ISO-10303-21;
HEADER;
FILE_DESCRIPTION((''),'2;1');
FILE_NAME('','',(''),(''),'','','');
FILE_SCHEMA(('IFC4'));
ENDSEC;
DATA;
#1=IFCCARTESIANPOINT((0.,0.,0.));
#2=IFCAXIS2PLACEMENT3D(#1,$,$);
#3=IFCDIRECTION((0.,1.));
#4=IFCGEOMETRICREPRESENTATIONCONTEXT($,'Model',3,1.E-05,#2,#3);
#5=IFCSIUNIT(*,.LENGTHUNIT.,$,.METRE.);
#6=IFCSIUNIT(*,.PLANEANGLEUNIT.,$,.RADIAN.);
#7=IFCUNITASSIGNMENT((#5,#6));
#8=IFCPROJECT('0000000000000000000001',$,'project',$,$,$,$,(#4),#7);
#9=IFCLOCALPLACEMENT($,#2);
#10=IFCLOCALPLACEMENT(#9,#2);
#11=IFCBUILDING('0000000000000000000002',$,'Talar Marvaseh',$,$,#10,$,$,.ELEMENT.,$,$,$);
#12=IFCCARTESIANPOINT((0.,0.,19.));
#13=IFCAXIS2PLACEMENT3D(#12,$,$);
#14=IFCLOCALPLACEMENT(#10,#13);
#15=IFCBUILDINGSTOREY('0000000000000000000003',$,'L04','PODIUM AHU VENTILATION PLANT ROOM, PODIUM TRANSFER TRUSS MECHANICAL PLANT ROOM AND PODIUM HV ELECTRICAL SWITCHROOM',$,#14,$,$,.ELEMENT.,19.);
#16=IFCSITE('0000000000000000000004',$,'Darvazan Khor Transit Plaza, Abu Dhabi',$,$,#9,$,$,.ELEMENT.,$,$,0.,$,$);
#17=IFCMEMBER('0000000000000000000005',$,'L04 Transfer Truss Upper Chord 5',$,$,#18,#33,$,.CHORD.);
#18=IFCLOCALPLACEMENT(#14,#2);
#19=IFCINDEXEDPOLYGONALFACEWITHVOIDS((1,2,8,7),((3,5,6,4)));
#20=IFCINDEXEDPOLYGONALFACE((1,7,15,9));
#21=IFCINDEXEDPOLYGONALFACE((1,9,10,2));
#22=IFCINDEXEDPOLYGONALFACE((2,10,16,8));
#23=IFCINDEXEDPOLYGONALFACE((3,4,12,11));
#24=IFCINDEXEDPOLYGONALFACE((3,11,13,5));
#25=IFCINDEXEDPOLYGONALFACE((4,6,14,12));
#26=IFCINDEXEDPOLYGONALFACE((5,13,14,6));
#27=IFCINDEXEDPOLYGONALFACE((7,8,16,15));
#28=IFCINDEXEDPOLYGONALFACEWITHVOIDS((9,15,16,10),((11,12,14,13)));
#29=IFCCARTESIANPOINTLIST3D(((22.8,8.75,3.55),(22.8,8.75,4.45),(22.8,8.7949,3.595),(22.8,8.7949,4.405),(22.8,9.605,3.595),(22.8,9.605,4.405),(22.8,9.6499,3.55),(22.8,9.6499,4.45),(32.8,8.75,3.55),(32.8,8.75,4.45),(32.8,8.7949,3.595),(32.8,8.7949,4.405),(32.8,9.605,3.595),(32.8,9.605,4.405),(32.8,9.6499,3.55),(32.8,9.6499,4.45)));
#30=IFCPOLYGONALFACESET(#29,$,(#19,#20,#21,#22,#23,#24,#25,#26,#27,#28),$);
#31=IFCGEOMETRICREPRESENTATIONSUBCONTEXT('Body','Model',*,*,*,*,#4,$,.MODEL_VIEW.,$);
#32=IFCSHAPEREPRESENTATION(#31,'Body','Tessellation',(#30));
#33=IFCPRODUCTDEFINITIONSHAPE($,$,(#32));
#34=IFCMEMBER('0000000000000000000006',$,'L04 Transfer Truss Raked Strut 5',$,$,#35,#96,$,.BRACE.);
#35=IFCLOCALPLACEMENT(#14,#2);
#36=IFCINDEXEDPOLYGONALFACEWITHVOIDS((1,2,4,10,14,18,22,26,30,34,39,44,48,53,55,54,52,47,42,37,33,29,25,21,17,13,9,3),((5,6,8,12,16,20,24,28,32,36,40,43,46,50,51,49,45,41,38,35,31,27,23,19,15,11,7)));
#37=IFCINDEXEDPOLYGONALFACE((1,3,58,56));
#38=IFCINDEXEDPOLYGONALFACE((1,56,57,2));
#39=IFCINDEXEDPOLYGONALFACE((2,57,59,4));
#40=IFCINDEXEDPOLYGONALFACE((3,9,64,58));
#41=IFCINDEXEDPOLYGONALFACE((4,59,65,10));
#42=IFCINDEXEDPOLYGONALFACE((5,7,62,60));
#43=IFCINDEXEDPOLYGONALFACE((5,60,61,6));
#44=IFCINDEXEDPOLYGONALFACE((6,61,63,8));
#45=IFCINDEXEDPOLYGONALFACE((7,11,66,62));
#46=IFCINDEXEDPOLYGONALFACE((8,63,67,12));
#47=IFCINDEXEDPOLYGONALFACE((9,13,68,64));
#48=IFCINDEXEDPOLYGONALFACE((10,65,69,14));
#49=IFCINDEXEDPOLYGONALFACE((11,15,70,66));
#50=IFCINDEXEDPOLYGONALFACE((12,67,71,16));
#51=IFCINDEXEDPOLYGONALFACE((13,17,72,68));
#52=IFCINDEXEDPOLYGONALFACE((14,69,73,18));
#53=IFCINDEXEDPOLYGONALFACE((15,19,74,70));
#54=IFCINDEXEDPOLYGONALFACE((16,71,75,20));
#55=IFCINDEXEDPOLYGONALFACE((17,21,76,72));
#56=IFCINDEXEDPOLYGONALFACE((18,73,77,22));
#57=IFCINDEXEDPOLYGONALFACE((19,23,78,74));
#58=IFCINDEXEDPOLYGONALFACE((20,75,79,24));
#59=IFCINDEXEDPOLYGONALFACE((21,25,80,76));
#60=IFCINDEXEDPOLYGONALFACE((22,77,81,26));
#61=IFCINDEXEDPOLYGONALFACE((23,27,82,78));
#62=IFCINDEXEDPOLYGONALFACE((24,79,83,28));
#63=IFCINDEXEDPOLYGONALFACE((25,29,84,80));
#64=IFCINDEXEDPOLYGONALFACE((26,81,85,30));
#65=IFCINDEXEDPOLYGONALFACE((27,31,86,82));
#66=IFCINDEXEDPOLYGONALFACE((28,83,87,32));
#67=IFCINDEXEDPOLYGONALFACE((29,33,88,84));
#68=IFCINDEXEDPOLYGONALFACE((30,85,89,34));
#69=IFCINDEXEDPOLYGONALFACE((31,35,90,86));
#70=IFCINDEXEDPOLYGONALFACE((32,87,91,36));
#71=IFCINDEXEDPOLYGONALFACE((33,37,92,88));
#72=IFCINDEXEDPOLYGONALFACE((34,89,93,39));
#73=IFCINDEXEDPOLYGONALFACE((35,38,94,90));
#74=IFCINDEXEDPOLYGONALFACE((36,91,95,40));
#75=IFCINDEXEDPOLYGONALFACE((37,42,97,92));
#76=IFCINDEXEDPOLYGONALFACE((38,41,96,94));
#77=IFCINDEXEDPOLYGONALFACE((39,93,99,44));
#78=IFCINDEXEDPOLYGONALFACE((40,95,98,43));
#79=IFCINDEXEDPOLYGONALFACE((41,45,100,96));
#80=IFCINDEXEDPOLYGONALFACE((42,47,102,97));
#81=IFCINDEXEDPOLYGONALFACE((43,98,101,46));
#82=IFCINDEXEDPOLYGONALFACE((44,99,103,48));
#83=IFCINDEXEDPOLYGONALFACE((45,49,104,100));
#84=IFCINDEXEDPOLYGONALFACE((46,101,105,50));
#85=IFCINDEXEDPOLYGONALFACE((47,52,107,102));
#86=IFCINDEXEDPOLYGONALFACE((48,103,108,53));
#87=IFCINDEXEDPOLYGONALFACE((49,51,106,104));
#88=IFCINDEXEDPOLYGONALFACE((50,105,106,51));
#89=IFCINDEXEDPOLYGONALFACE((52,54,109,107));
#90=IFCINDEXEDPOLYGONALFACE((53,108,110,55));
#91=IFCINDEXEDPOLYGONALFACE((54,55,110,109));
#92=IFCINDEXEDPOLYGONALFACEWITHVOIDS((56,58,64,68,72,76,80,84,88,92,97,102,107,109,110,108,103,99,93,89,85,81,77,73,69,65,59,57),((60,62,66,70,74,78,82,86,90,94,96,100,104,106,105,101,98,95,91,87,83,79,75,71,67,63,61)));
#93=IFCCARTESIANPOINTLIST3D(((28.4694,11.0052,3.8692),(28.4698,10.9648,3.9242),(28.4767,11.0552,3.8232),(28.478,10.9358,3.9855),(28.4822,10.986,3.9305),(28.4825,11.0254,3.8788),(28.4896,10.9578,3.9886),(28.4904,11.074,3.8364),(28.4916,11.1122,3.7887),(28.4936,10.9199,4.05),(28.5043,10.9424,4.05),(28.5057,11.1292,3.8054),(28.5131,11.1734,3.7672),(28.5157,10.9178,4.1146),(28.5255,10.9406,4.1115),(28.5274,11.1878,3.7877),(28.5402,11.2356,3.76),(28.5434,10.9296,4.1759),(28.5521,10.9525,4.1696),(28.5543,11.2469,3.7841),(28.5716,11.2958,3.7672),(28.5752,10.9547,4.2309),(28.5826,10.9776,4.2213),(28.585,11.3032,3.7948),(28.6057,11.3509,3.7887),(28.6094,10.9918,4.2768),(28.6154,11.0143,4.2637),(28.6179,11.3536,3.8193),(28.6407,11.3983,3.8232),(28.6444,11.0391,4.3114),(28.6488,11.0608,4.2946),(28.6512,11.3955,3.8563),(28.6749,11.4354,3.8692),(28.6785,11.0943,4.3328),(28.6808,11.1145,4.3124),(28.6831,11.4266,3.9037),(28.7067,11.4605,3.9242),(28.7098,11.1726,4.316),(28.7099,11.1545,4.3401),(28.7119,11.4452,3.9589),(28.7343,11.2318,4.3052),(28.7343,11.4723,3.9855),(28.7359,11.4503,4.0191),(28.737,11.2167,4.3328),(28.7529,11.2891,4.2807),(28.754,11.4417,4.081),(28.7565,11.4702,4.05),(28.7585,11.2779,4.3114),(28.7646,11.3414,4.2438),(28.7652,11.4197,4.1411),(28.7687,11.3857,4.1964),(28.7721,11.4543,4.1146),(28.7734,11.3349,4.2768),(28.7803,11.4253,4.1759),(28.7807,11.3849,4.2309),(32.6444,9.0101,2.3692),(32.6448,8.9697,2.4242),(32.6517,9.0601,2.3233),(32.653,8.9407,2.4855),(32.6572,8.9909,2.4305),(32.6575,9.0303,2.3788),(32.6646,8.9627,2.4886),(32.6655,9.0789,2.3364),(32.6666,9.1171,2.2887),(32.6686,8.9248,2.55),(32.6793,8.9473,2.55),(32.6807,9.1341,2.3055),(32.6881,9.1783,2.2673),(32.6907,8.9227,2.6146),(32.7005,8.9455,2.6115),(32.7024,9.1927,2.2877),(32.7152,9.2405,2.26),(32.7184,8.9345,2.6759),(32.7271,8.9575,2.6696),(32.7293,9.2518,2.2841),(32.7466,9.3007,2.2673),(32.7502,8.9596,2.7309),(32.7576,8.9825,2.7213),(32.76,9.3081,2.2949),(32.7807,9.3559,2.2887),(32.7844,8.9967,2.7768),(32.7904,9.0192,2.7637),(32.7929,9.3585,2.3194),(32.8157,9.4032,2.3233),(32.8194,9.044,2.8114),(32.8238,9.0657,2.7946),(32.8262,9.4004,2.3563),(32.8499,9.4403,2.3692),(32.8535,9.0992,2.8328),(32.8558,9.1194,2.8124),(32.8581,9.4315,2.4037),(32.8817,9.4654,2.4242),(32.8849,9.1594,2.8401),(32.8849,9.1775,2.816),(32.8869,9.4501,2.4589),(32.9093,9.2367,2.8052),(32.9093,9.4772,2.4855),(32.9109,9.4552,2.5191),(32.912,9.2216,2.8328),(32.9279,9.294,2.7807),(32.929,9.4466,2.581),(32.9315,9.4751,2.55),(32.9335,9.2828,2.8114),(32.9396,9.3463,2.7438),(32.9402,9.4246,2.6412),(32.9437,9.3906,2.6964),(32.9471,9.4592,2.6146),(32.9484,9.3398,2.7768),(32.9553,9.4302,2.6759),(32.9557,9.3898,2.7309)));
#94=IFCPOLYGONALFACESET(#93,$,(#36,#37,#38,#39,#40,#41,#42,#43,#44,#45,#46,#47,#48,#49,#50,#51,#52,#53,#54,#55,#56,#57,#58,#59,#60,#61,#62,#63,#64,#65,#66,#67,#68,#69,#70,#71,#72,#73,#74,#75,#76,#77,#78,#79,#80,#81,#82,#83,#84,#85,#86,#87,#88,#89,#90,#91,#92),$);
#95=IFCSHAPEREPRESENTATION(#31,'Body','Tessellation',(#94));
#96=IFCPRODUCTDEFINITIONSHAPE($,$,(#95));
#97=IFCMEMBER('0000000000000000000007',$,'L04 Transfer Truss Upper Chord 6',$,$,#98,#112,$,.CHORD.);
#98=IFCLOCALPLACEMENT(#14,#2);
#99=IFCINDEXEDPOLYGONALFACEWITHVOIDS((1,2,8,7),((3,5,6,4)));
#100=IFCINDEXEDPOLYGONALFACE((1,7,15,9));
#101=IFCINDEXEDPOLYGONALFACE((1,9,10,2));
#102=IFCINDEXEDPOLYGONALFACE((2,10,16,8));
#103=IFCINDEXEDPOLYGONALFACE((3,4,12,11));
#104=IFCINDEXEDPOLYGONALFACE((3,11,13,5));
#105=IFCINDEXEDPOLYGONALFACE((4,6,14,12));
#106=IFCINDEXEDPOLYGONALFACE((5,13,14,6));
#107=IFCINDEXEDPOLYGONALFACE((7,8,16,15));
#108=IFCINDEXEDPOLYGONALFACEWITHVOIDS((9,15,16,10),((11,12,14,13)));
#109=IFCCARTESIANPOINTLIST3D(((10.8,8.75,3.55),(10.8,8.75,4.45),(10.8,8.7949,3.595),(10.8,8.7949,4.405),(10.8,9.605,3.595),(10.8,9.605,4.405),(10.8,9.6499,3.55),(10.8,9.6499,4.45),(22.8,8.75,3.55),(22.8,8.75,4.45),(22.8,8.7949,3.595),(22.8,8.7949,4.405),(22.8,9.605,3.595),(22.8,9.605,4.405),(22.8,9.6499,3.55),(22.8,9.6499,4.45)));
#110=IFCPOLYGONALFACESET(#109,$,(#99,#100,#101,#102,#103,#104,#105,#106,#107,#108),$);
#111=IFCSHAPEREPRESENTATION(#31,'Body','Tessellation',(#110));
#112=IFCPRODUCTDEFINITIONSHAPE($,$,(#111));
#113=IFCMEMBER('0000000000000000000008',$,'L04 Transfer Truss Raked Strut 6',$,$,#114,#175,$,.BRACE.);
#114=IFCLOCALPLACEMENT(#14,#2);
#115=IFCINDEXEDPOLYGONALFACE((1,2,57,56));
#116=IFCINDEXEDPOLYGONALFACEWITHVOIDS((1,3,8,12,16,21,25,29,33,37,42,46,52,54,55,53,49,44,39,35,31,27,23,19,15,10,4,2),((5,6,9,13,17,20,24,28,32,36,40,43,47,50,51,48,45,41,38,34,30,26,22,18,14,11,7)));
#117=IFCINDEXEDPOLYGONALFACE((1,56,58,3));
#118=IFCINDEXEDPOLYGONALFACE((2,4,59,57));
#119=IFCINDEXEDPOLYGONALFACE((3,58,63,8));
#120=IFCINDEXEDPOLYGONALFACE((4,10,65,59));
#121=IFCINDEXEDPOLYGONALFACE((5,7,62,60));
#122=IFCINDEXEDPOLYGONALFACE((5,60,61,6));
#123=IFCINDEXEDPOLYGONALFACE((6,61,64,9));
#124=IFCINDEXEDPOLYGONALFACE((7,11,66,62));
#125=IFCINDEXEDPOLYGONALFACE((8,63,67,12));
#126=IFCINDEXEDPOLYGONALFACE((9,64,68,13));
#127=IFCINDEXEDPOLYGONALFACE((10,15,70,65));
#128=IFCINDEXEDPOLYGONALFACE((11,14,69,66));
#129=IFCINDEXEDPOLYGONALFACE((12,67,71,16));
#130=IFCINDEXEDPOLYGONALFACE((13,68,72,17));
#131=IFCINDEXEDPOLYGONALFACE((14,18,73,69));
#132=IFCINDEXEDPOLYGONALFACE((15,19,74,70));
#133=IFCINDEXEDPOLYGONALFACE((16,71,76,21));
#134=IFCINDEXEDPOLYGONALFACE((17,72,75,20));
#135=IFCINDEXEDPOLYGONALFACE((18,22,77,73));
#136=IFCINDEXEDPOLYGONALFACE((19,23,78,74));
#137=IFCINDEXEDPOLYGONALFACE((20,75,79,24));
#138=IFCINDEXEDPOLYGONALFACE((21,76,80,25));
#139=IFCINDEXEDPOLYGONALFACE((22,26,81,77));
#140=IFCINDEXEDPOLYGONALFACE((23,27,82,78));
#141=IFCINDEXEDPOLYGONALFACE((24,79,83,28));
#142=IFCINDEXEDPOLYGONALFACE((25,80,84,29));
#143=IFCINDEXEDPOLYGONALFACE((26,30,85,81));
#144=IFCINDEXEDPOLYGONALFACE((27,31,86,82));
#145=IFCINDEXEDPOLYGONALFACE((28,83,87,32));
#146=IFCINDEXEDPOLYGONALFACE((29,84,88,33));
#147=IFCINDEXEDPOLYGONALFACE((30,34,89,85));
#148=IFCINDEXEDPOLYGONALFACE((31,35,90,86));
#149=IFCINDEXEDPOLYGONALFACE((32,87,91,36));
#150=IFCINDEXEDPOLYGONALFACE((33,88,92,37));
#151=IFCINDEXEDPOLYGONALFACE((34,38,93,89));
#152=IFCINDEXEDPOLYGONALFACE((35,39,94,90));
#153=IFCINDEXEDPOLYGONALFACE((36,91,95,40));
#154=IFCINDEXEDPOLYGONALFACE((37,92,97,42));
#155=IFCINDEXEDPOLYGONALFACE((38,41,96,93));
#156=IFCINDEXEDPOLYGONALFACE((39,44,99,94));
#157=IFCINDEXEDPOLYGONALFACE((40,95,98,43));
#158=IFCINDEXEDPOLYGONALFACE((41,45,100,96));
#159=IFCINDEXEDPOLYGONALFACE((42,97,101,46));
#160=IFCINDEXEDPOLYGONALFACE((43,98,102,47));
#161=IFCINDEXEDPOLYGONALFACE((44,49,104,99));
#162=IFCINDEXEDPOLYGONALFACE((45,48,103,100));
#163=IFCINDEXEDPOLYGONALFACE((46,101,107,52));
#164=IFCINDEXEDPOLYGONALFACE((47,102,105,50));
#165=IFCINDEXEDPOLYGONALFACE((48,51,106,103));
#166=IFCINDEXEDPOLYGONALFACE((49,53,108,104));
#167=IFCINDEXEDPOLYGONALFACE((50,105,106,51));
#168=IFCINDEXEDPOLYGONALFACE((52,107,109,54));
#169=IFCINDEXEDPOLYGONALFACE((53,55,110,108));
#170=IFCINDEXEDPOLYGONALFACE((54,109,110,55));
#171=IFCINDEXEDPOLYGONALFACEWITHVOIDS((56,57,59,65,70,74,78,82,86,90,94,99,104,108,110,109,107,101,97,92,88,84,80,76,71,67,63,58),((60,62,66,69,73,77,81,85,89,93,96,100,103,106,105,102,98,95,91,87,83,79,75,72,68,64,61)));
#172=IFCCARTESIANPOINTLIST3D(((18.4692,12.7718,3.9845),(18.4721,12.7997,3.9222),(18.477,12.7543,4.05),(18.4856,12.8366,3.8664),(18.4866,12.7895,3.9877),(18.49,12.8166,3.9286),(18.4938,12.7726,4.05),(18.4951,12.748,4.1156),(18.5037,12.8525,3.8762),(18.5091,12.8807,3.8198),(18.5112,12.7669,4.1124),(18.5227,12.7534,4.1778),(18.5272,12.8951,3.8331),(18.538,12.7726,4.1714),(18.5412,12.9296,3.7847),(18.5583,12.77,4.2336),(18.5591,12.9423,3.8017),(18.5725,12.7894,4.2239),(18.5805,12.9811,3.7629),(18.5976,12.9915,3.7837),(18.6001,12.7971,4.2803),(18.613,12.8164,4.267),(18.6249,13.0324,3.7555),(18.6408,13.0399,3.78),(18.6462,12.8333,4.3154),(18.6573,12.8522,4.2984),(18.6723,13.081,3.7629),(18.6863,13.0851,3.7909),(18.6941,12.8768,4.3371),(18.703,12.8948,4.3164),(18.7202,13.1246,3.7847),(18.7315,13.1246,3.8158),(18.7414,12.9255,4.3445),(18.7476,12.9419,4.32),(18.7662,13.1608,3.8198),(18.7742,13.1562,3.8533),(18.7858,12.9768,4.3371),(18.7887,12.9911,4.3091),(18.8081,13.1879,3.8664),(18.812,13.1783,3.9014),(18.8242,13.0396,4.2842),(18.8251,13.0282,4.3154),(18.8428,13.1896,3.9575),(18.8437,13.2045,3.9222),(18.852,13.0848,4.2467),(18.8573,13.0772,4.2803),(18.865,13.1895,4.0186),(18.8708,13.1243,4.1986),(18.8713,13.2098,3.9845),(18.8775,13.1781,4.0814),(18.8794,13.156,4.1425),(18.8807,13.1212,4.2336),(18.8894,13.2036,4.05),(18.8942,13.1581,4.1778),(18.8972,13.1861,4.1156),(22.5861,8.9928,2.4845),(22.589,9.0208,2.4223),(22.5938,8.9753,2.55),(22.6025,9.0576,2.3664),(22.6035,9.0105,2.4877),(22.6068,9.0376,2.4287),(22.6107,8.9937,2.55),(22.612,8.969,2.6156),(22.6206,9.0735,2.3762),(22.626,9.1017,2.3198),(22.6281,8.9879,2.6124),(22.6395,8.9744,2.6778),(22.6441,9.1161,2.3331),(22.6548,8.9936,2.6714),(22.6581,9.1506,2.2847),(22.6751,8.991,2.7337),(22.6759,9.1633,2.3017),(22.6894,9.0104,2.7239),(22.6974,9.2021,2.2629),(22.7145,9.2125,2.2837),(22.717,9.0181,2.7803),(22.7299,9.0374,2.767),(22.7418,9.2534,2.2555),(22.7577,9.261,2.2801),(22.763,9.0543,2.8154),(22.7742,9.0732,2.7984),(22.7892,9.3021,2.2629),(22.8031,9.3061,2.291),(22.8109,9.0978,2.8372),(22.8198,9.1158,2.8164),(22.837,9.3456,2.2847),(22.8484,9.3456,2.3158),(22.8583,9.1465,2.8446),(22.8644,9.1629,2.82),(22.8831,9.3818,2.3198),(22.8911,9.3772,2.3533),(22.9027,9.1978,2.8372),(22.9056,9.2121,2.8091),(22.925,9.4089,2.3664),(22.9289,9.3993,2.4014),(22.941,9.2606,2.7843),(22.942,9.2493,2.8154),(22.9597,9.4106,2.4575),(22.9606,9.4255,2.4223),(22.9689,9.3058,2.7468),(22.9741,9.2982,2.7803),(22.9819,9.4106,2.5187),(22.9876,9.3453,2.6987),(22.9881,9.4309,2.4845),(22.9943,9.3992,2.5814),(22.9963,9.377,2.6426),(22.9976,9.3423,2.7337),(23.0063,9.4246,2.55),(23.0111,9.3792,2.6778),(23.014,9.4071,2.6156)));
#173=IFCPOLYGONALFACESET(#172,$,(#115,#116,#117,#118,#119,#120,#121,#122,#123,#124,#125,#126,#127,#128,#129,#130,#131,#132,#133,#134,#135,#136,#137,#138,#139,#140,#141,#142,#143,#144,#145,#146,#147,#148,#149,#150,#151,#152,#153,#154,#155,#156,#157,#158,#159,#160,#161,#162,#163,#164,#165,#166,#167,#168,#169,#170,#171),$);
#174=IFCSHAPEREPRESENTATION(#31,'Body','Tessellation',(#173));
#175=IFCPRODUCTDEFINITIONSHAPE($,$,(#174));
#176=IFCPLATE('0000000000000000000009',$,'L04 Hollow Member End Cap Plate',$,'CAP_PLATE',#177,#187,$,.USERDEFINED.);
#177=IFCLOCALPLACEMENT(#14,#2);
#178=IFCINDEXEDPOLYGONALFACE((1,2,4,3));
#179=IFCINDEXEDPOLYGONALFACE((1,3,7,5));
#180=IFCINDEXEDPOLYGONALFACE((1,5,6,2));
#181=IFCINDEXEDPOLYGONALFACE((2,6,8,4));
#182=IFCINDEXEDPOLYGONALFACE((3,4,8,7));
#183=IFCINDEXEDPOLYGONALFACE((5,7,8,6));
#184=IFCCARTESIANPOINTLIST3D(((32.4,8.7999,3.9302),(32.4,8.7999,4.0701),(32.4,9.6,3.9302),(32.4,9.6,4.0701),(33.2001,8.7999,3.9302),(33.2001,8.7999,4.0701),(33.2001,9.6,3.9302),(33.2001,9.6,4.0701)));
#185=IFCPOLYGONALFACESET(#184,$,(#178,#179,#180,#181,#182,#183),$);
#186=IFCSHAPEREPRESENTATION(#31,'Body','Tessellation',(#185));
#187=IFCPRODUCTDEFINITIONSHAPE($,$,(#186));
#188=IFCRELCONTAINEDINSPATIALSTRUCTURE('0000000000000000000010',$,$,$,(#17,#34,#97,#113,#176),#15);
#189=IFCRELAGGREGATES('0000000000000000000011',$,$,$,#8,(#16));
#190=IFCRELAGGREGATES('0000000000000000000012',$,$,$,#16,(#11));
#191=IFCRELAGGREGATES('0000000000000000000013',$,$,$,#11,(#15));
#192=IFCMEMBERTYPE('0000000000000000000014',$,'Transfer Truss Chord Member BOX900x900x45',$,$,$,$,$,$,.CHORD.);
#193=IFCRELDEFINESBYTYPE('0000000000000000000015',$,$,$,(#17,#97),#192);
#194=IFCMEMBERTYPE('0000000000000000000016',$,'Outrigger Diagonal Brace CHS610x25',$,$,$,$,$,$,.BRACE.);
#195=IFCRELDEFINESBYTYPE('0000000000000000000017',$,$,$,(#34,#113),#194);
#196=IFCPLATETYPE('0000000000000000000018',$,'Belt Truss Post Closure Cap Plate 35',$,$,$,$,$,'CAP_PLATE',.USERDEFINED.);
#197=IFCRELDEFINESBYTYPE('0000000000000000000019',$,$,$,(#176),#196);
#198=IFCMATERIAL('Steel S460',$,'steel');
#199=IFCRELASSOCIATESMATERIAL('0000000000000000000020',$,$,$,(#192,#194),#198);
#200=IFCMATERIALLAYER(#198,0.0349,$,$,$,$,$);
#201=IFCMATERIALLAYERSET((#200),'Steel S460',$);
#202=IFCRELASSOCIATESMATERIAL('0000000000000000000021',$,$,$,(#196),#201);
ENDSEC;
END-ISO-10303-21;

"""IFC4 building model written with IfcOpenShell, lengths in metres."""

from ifc_helpers import new_model, si_unit, direction, frame, origin, origin_2d, place, context, subcontext, project, spatial, rectangle, hollow_rectangle, hollow_circle, extrude, source, transform, mapped, material, layer, layer_set, material_profile, profile_set, type_object, type_shapes, element, save


model = new_model("IFC4")

# Units and contexts
model_context = context("Model", 3, precision=1e-05, world=origin(), true_north=direction((0.0, 1.0)))
body_context = subcontext(model_context, "Body", "Model", "MODEL_VIEW")
ifc_project = project(units=[si_unit("LENGTHUNIT", "METRE"), si_unit("PLANEANGLEUNIT", "RADIAN")], contexts=[model_context])

# Site, building, storey
site_placement = place(None, origin())
site = spatial("IfcSite", under=ifc_project, at=site_placement, Name="Darvazan Khor Transit Plaza, Abu Dhabi", CompositionType="ELEMENT", RefElevation=0.0)
building_placement = place(site_placement, origin())
building = spatial("IfcBuilding", under=site, at=building_placement, Name="Talar Marvaseh", CompositionType="ELEMENT")
storey_placement = place(building_placement, frame((0.0, 0.0, 19.0)))
storey = spatial("IfcBuildingStorey", under=building, at=storey_placement, Name="L04", Description="PODIUM AHU VENTILATION PLANT ROOM, PODIUM TRANSFER TRUSS MECHANICAL PLANT ROOM AND PODIUM HV ELECTRICAL SWITCHROOM", CompositionType="ELEMENT", Elevation=19.0)

# Shared definitions
ifc_material_1 = material(Name="Steel S460", Category="steel")

# Members
ifc_material_profile_1 = material_profile(ifc_material_1, hollow_rectangle(XDim=0.8999, YDim=0.8999, WallThickness=0.0449, at=origin_2d()), Name="BOX900x900x45")
ifc_profile_set_1 = profile_set([ifc_material_profile_1], Name="Steel S460")
member_type_1 = type_object("IfcMemberType", Name="Transfer Truss Chord Member BOX900x900x45", PredefinedType="CHORD", material=ifc_profile_set_1)
shared_shape_1 = source(origin(), body_context, "Body", "SweptSolid", [
    extrude(hollow_rectangle(XDim=0.8999, YDim=0.8999, WallThickness=0.0449, at=origin_2d()), origin(), (0.0, 0.0, 1.0), 10.0),
])
member_1_placement = place(storey_placement, frame((32.8, 9.2, 4.0), z_axis=(-1.0, 0.0, 0.0), x_axis=(0.0, -1.0, 0.0)))
element("IfcMember", 1, at=member_1_placement, inside=storey, type_object=member_type_1, Name="L04 Transfer Truss Upper Chord 5", PredefinedType="CHORD", context=body_context, shape_type="MappedRepresentation", body=[
    mapped(shared_shape_1, transform((0.0, 0.0, 0.0), x_axis=(1.0, 0.0, 0.0), y_axis=(0.0, 1.0, 0.0), z_axis=(0.0, 0.0, 1.0), scale=1.0)),
])
ifc_material_profile_2 = material_profile(ifc_material_1, hollow_circle(Radius=0.3049, WallThickness=0.0249, at=origin_2d()), Name="CHS610x25")
ifc_profile_set_2 = profile_set([ifc_material_profile_2], Name="Steel S460")
member_type_2 = type_object("IfcMemberType", Name="Outrigger Diagonal Brace CHS610x25", PredefinedType="BRACE", material=ifc_profile_set_2)
shared_shape_2 = source(origin(), body_context, "Body", "SweptSolid", [
    extrude(hollow_circle(Radius=0.3049, WallThickness=0.0249, at=origin_2d()), origin(), (0.0, 0.0, 1.0), 4.8643),
])
member_2_placement = place(storey_placement, frame((32.8, 9.2, 2.55), z_axis=(-0.858302, 0.410154, 0.308368), x_axis=(-0.431166, -0.902273, 0.0)))
element("IfcMember", 2, at=member_2_placement, inside=storey, type_object=member_type_2, Name="L04 Transfer Truss Raked Strut 5", PredefinedType="BRACE", context=body_context, shape_type="MappedRepresentation", body=[
    mapped(shared_shape_2, transform((0.0, 0.0, 0.0), x_axis=(1.0, 0.0, 0.0), y_axis=(0.0, 1.0, 0.0), z_axis=(0.0, 0.0, 1.0), scale=1.0)),
])
shared_shape_3 = source(origin(), body_context, "Body", "SweptSolid", [
    extrude(hollow_rectangle(XDim=0.8999, YDim=0.8999, WallThickness=0.0449, at=origin_2d()), origin(), (0.0, 0.0, 1.0), 12.0),
])
type_shapes(member_type_1, [shared_shape_1, shared_shape_3])
member_3_placement = place(storey_placement, frame((22.8, 9.2, 4.0), z_axis=(-1.0, 0.0, 0.0), x_axis=(0.0, -1.0, 0.0)))
element("IfcMember", 3, at=member_3_placement, inside=storey, type_object=member_type_1, Name="L04 Transfer Truss Upper Chord 6", PredefinedType="CHORD", context=body_context, shape_type="MappedRepresentation", body=[
    mapped(shared_shape_3, transform((0.0, 0.0, 0.0), x_axis=(1.0, 0.0, 0.0), y_axis=(0.0, 1.0, 0.0), z_axis=(0.0, 0.0, 1.0), scale=1.0)),
])
shared_shape_4 = source(origin(), body_context, "Body", "SweptSolid", [
    extrude(hollow_circle(Radius=0.3049, WallThickness=0.0249, at=origin_2d()), origin(), (0.0, 0.0, 1.0), 5.7861),
])
type_shapes(member_type_2, [shared_shape_2, shared_shape_4])
member_4_placement = place(storey_placement, frame((22.8, 9.2, 2.55), z_axis=(-0.711507, 0.653111, 0.259236), x_axis=(-0.676229, -0.736692, 0.0)))
element("IfcMember", 4, at=member_4_placement, inside=storey, type_object=member_type_2, Name="L04 Transfer Truss Raked Strut 6", PredefinedType="BRACE", context=body_context, shape_type="MappedRepresentation", body=[
    mapped(shared_shape_4, transform((0.0, 0.0, 0.0), x_axis=(1.0, 0.0, 0.0), y_axis=(0.0, 1.0, 0.0), z_axis=(0.0, 0.0, 1.0), scale=1.0)),
])

# Plate
ifc_layer_1 = layer(ifc_material_1, 0.0349)
ifc_layer_set_1 = layer_set([ifc_layer_1], Name="Steel S460")
plate_type_1 = type_object("IfcPlateType", Name="Belt Truss Post Closure Cap Plate 35", ElementType="CAP_PLATE", PredefinedType="USERDEFINED", material=ifc_layer_set_1)
shared_shape_5 = source(origin(), body_context, "Body", "SweptSolid", [
    extrude(rectangle(XDim=0.8, YDim=0.8, at=origin_2d()), origin(), (0.0, 0.0, 1.0), 0.1399),
])
for number, where, z_axis, x_axis, name in (
    (5, (32.8, 9.2, 3.9302), (0.0, 0.0, 1.0), (-1.0, 0.0, 0.0), "L04 Hollow Member End Cap Plate"),
):
    element("IfcPlate", number, at=place(storey_placement, frame(where, z_axis=z_axis, x_axis=x_axis)), inside=storey, type_object=plate_type_1, Name=name, ObjectType="CAP_PLATE", PredefinedType="USERDEFINED", context=body_context, shape_type="MappedRepresentation", body=[
        mapped(shared_shape_5, transform((0.0, 0.0, 0.0), x_axis=(1.0, 0.0, 0.0), y_axis=(0.0, 1.0, 0.0), z_axis=(0.0, 0.0, 1.0), scale=1.0)),
    ])

save(model, "model.ifc")
